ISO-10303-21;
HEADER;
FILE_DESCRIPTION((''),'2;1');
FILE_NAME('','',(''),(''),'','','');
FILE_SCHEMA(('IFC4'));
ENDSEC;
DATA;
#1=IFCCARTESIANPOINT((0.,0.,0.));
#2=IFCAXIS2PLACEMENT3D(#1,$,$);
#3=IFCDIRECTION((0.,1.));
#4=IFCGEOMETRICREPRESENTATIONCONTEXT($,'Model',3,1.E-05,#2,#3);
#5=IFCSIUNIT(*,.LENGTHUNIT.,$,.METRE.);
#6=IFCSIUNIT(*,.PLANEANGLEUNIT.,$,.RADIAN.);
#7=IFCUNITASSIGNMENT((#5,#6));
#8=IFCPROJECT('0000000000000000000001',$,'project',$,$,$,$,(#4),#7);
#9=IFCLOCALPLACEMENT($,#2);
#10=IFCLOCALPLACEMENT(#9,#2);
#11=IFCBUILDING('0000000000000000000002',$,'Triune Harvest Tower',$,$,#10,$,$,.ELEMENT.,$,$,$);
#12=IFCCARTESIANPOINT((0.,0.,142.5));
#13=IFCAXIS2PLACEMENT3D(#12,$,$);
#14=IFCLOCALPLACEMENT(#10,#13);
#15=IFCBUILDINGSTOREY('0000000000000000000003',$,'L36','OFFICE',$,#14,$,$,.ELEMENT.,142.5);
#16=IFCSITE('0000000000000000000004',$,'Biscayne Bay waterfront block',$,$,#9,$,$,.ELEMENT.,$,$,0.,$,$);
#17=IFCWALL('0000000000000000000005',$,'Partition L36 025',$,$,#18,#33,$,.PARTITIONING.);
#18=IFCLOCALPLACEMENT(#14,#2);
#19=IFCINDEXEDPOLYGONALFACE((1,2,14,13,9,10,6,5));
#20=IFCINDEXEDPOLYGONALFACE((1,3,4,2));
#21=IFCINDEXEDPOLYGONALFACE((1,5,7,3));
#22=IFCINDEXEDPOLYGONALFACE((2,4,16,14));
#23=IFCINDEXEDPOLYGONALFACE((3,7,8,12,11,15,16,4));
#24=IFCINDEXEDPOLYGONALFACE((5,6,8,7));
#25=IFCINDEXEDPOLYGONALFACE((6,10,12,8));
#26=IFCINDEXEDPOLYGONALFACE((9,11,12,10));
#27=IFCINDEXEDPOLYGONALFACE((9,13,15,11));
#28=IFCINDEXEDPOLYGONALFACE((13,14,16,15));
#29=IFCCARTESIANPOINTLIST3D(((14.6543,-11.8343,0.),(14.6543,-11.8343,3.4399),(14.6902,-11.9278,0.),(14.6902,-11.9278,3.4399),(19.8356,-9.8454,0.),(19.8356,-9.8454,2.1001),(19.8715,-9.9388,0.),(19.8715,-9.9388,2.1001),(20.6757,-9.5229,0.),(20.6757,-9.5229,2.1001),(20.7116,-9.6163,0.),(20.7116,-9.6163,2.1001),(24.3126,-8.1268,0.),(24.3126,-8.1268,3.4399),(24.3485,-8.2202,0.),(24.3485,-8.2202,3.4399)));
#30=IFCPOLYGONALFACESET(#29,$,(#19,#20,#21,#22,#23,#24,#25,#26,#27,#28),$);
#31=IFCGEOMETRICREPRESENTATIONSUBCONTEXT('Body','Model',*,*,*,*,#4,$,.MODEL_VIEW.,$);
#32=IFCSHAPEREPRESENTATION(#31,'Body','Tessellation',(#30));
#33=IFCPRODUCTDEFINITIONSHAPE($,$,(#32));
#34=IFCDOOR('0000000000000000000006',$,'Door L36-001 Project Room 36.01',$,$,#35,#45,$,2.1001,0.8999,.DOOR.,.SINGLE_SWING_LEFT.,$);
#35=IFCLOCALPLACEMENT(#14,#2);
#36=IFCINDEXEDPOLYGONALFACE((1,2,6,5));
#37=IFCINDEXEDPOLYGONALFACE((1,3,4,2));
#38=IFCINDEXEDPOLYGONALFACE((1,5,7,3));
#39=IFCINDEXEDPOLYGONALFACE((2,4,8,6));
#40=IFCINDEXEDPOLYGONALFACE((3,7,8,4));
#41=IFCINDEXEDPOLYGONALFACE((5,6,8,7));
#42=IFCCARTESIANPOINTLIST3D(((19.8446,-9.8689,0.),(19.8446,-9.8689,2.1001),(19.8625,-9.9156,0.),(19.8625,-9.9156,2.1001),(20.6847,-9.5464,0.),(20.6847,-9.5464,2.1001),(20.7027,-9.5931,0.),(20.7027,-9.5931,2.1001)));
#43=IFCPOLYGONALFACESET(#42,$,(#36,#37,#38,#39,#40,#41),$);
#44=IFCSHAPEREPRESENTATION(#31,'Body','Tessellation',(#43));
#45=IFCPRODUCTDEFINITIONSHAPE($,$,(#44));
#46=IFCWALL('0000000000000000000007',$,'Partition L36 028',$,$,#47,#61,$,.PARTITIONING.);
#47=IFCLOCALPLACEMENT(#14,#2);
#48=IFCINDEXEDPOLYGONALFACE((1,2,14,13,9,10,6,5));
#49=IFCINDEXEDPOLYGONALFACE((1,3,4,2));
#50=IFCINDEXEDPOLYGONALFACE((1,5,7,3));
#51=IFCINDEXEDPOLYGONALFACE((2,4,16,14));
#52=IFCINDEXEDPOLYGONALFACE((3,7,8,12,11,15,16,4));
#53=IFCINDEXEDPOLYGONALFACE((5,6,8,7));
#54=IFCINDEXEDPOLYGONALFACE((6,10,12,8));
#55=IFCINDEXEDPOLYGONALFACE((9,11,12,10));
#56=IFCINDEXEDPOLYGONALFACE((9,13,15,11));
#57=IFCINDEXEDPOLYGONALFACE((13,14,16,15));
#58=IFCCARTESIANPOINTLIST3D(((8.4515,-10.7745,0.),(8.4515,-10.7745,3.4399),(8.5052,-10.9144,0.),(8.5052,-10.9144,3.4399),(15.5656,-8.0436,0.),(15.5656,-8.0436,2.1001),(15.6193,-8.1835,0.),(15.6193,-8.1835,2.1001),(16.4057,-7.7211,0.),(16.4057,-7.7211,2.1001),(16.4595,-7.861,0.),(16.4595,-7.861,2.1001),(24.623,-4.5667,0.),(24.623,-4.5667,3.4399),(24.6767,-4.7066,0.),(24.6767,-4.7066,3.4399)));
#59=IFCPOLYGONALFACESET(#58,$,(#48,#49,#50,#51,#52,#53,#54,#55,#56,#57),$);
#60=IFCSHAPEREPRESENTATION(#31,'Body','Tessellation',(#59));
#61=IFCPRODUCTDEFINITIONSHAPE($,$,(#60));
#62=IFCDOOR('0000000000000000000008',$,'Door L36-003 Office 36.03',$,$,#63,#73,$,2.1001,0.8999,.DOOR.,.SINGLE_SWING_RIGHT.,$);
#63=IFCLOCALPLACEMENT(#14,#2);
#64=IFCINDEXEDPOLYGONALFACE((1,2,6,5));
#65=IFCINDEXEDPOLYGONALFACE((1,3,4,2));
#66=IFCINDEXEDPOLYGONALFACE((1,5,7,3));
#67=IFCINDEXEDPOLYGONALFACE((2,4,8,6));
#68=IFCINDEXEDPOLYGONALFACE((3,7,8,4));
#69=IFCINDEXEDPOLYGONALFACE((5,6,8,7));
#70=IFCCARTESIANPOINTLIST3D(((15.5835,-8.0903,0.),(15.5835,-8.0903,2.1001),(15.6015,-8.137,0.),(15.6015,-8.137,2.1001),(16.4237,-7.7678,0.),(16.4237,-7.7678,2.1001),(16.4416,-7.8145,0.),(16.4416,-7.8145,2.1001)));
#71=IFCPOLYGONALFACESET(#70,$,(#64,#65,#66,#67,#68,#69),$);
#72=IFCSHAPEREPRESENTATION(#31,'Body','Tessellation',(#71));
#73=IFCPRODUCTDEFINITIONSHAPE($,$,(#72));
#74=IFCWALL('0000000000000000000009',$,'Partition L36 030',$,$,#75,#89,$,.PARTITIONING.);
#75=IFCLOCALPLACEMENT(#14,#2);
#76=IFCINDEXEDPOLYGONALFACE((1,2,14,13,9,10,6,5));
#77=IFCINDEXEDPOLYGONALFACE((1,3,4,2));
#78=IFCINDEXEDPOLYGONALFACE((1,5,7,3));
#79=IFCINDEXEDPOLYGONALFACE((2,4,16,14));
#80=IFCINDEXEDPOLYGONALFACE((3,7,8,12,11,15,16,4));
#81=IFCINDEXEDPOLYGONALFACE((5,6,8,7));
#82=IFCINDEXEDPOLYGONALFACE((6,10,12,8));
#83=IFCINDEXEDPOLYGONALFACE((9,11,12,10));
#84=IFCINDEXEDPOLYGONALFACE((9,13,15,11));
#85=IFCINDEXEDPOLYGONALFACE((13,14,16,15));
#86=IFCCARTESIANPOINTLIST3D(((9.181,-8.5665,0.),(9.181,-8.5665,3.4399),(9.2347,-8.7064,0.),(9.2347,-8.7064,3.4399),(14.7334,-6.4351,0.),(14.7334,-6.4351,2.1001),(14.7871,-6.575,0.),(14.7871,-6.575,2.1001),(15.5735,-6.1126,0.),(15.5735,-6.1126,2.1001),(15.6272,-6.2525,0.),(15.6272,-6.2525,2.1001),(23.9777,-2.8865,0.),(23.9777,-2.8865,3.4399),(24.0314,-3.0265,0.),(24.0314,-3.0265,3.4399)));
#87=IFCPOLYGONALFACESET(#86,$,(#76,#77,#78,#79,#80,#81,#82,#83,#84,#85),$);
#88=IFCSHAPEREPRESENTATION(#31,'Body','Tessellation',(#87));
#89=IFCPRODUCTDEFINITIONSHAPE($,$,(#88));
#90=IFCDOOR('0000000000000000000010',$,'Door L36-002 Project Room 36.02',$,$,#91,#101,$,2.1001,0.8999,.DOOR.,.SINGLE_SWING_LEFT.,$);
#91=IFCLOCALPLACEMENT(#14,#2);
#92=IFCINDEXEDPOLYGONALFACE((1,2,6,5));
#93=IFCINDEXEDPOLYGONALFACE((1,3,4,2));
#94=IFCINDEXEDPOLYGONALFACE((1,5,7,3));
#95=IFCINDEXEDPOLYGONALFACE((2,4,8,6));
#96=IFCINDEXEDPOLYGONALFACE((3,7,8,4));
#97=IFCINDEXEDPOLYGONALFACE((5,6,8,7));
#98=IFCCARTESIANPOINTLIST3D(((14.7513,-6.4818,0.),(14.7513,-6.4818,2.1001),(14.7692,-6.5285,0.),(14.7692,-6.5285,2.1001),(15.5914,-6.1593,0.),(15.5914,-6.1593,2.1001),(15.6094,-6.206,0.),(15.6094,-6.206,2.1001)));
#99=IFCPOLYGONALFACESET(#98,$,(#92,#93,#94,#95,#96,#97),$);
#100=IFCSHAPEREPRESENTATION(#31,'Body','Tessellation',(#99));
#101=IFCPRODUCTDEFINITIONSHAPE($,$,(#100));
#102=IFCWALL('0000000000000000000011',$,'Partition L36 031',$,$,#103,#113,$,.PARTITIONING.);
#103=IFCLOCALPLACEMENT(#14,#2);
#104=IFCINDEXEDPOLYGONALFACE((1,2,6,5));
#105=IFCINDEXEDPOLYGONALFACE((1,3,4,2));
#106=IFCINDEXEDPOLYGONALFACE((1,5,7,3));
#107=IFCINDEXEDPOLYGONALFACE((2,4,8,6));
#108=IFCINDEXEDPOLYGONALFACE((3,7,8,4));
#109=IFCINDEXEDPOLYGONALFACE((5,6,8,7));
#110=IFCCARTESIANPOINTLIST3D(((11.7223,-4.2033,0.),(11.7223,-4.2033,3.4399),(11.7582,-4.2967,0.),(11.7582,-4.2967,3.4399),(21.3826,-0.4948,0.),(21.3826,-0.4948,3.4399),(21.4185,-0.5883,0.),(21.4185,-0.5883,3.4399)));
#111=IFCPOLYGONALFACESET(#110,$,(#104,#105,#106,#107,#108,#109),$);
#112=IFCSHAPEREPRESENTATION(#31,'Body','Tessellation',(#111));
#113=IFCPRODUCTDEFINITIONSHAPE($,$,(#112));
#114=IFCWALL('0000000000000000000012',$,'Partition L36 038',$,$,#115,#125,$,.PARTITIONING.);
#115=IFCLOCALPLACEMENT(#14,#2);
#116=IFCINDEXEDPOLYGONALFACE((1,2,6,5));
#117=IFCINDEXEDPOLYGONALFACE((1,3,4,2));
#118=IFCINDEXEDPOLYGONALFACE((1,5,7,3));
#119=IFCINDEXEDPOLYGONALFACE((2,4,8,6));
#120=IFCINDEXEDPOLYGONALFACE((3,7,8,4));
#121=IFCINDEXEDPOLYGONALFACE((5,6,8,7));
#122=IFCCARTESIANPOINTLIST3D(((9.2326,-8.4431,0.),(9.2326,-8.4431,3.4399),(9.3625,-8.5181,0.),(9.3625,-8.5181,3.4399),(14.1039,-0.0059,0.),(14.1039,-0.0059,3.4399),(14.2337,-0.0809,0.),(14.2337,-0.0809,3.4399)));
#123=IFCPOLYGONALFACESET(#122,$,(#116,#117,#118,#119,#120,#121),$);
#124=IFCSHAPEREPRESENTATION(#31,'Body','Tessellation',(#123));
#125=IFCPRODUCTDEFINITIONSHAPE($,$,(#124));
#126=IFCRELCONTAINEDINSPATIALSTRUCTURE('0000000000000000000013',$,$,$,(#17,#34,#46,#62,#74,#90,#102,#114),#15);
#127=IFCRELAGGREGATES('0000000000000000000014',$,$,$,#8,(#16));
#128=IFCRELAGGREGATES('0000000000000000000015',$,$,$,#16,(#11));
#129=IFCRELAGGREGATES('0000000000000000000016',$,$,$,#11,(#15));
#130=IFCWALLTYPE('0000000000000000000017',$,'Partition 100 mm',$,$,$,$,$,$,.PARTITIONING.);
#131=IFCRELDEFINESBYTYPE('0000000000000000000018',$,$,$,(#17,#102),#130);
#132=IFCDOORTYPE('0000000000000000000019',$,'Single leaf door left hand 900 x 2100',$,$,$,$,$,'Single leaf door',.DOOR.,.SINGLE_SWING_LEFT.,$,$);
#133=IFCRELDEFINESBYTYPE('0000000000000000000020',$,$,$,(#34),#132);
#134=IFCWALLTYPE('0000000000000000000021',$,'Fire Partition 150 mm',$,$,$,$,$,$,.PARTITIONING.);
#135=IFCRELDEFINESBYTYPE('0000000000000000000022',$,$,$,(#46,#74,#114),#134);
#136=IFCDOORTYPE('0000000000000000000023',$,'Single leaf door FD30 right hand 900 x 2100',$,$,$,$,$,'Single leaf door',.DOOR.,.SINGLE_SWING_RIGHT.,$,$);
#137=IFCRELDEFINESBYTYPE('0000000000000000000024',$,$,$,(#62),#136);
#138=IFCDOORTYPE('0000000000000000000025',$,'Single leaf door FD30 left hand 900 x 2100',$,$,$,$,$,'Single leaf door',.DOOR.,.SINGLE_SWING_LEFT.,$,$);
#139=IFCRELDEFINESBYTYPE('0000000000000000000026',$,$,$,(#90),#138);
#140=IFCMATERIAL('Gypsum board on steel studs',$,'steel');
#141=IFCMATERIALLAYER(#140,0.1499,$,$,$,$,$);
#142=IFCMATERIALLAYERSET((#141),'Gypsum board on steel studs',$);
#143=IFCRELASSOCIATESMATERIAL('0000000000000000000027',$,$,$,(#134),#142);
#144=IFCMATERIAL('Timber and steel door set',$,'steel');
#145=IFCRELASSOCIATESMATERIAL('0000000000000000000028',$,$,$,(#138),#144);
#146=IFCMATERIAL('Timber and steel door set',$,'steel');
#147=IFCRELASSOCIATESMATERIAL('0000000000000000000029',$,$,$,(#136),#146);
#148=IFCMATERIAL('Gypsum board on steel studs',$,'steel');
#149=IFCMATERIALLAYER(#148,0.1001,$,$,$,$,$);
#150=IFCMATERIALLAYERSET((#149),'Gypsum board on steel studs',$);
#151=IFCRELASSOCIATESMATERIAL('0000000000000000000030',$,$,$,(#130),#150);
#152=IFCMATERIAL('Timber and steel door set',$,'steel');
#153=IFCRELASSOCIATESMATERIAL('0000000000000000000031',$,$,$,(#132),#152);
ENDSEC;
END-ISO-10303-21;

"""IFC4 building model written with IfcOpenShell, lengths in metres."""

from ifc_helpers import new_model, si_unit, direction, frame, frame_2d, origin, place, context, subcontext, project, spatial, rectangle, extrude, source, transform, mapped, material, layer, layer_set, type_object, element, fill, save


model = new_model("IFC4")

# Units and contexts
model_context = context("Model", 3, precision=1e-05, world=origin(), true_north=direction((0.0, 1.0)))
body_context = subcontext(model_context, "Body", "Model", "MODEL_VIEW")
ifc_project = project(units=[si_unit("LENGTHUNIT", "METRE"), si_unit("PLANEANGLEUNIT", "RADIAN")], contexts=[model_context])

# Site, building, storey
site_placement = place(None, origin())
site = spatial("IfcSite", under=ifc_project, at=site_placement, Name="Biscayne Bay waterfront block", CompositionType="ELEMENT", RefElevation=0.0)
building_placement = place(site_placement, origin())
building = spatial("IfcBuilding", under=site, at=building_placement, Name="Triune Harvest Tower", CompositionType="ELEMENT")
storey_placement = place(building_placement, frame((0.0, 0.0, 142.5)))
storey = spatial("IfcBuildingStorey", under=building, at=storey_placement, Name="L36", Description="OFFICE", CompositionType="ELEMENT", Elevation=142.5)

# Shared definitions
ifc_material_1 = material(Name="Gypsum board on steel studs", Category="steel")
ifc_layer_1 = layer(ifc_material_1, 0.1499)
ifc_layer_set_1 = layer_set([ifc_layer_1], Name="Gypsum board on steel studs")
wall_type_1 = type_object("IfcWallType", Name="Fire Partition 150 mm", PredefinedType="PARTITIONING", material=ifc_layer_set_1)
ifc_material_2 = material(Name="Timber and steel door set", Category="steel")
door_type_1 = type_object("IfcDoorType", Name="Single leaf door FD30 left hand 900 x 2100", ElementType="Single leaf door", OperationType="SINGLE_SWING_LEFT", PredefinedType="DOOR", material=ifc_material_2)
ifc_material_3 = material(Name="Timber and steel door set", Category="steel")
door_type_2 = type_object("IfcDoorType", Name="Single leaf door FD30 right hand 900 x 2100", ElementType="Single leaf door", OperationType="SINGLE_SWING_RIGHT", PredefinedType="DOOR", material=ifc_material_3)

# Shared definitions
ifc_material_4 = material(Name="Gypsum board on steel studs", Category="steel")
ifc_layer_2 = layer(ifc_material_4, 0.1001)
ifc_layer_set_2 = layer_set([ifc_layer_2], Name="Gypsum board on steel studs")
wall_type_2 = type_object("IfcWallType", Name="Partition 100 mm", PredefinedType="PARTITIONING", material=ifc_layer_set_2)

# Walls, openings, doors
shared_shape_1 = source(origin(), body_context, "Body", "SweptSolid", [
    extrude(rectangle(XDim=10.3455, YDim=0.1001, at=frame_2d((5.1729, 0.0))), origin(), (0.0, 0.0, 1.0), 3.4399),
])
wall_1_placement = place(storey_placement, frame((14.6721, -11.8811, 0.0), z_axis=(0.0, 0.0, 1.0), x_axis=(0.933578, 0.358375, 0.0)))
wall_1 = element("IfcWall", 1, at=wall_1_placement, inside=storey, type_object=wall_type_2, Name="Partition L36 025", PredefinedType="PARTITIONING", context=body_context, shape_type="MappedRepresentation", body=[
    mapped(shared_shape_1, transform((0.0, 0.0, 0.0), scale=1.0)),
])
opening_1_placement = place(wall_1_placement, frame((5.55, 0.0, 0.0)))
opening_1 = element("IfcOpeningElement", 2, at=opening_1_placement, cuts=wall_1, PredefinedType="OPENING", context=body_context, shape_type="SweptSolid", body=[
    extrude(rectangle(XDim=0.8999, YDim=2.1001, at=frame_2d((0.45, 1.05))), frame((0.0, 0.0601, 0.0), z_axis=(0.0, -1.0, 0.0), x_axis=(1.0, 0.0, 0.0)), (0.0, 0.0, 1.0), 0.1201),
])
ifc_material_5 = material(Name="Timber and steel door set", Category="steel")
door_type_3 = type_object("IfcDoorType", Name="Single leaf door left hand 900 x 2100", ElementType="Single leaf door", OperationType="SINGLE_SWING_LEFT", PredefinedType="DOOR", material=ifc_material_5)
door_1_placement = place(opening_1_placement, origin())
door_1 = element("IfcDoor", 3, at=door_1_placement, inside=storey, type_object=door_type_3, Name="Door L36-001 Project Room 36.01", OperationType="SINGLE_SWING_LEFT", OverallHeight=2.1001, OverallWidth=0.8999, PredefinedType="DOOR", context=body_context, shape_type="SweptSolid", body=[
    extrude(rectangle(XDim=0.8999, YDim=2.1001, at=frame_2d((0.45, 1.05))), frame((0.0, 0.0249, 0.0), z_axis=(0.0, -1.0, 0.0), x_axis=(1.0, 0.0, 0.0)), (0.0, 0.0, 1.0), 0.05),
])
fill(opening_1, door_1)
shared_shape_2 = source(origin(), body_context, "Body", "SweptSolid", [
    extrude(rectangle(XDim=17.322, YDim=0.1499, at=frame_2d((8.6611, 0.0))), origin(), (0.0, 0.0, 1.0), 3.4399),
])
wall_2_placement = place(storey_placement, frame((8.4783, -10.8445, 0.0), z_axis=(0.0, 0.0, 1.0), x_axis=(0.933578, 0.358375, 0.0)))
wall_2 = element("IfcWall", 4, at=wall_2_placement, inside=storey, type_object=wall_type_1, Name="Partition L36 028", PredefinedType="PARTITIONING", context=body_context, shape_type="MappedRepresentation", body=[
    mapped(shared_shape_2, transform((0.0, 0.0, 0.0), scale=1.0)),
])
opening_2_placement = place(wall_2_placement, frame((7.6204, 0.0, 0.0)))
opening_2 = element("IfcOpeningElement", 5, at=opening_2_placement, cuts=wall_2, PredefinedType="OPENING", context=body_context, shape_type="SweptSolid", body=[
    extrude(rectangle(XDim=0.8999, YDim=2.1001, at=frame_2d((0.45, 1.05))), frame((0.0, 0.085, 0.0), z_axis=(0.0, -1.0, 0.0), x_axis=(1.0, 0.0, 0.0)), (0.0, 0.0, 1.0), 0.1699),
])
door_2_placement = place(opening_2_placement, origin())
door_2 = element("IfcDoor", 6, at=door_2_placement, inside=storey, type_object=door_type_2, Name="Door L36-003 Office 36.03", OperationType="SINGLE_SWING_RIGHT", OverallHeight=2.1001, OverallWidth=0.8999, PredefinedType="DOOR", context=body_context, shape_type="SweptSolid", body=[
    extrude(rectangle(XDim=0.8999, YDim=2.1001, at=frame_2d((0.45, 1.05))), frame((0.0, 0.0249, 0.0), z_axis=(0.0, -1.0, 0.0), x_axis=(1.0, 0.0, 0.0)), (0.0, 0.0, 1.0), 0.05),
])
fill(opening_2, door_2)
shared_shape_3 = source(origin(), body_context, "Body", "SweptSolid", [
    extrude(rectangle(XDim=15.8494, YDim=0.1499, at=frame_2d((7.9248, 0.0))), origin(), (0.0, 0.0, 1.0), 3.4399),
])
wall_3_placement = place(storey_placement, frame((9.2078, -8.6365, 0.0), z_axis=(0.0, 0.0, 1.0), x_axis=(0.93358, 0.35837, 0.0)))
wall_3 = element("IfcWall", 7, at=wall_3_placement, inside=storey, type_object=wall_type_1, Name="Partition L36 030", PredefinedType="PARTITIONING", context=body_context, shape_type="MappedRepresentation", body=[
    mapped(shared_shape_3, transform((0.0, 0.0, 0.0), scale=1.0)),
])
opening_3_placement = place(wall_3_placement, frame((5.9475, 0.0, 0.0)))
opening_3 = element("IfcOpeningElement", 8, at=opening_3_placement, cuts=wall_3, PredefinedType="OPENING", context=body_context, shape_type="SweptSolid", body=[
    extrude(rectangle(XDim=0.8999, YDim=2.1001, at=frame_2d((0.45, 1.05))), frame((0.0, 0.085, 0.0), z_axis=(0.0, -1.0, 0.0), x_axis=(1.0, 0.0, 0.0)), (0.0, 0.0, 1.0), 0.1699),
])
door_3_placement = place(opening_3_placement, origin())
door_3 = element("IfcDoor", 9, at=door_3_placement, inside=storey, type_object=door_type_1, Name="Door L36-002 Project Room 36.02", OperationType="SINGLE_SWING_LEFT", OverallHeight=2.1001, OverallWidth=0.8999, PredefinedType="DOOR", context=body_context, shape_type="SweptSolid", body=[
    extrude(rectangle(XDim=0.8999, YDim=2.1001, at=frame_2d((0.45, 1.05))), frame((0.0, 0.0249, 0.0), z_axis=(0.0, -1.0, 0.0), x_axis=(1.0, 0.0, 0.0)), (0.0, 0.0, 1.0), 0.05),
])
fill(opening_3, door_3)

# Walls
shared_shape_4 = source(origin(), body_context, "Body", "SweptSolid", [
    extrude(rectangle(XDim=10.3477, YDim=0.1001, at=frame_2d((5.1738, 0.0))), origin(), (0.0, 0.0, 1.0), 3.4399),
])
wall_4_placement = place(storey_placement, frame((11.7402, -4.25, 0.0), z_axis=(0.0, 0.0, 1.0), x_axis=(0.933573, 0.358386, 0.0)))
element("IfcWall", 10, at=wall_4_placement, inside=storey, type_object=wall_type_2, Name="Partition L36 031", PredefinedType="PARTITIONING", context=body_context, shape_type="MappedRepresentation", body=[
    mapped(shared_shape_4, transform((0.0, 0.0, 0.0), scale=1.0)),
])
shared_shape_5 = source(origin(), body_context, "Body", "SweptSolid", [
    extrude(rectangle(XDim=9.7424, YDim=0.1499, at=frame_2d((4.8711, 0.0))), origin(), (0.0, 0.0, 1.0), 3.4399),
])
wall_5_placement = place(storey_placement, frame((9.2976, -8.4805, 0.0), z_axis=(0.0, 0.0, 1.0), x_axis=(0.500007, 0.866022, 0.0)))
element("IfcWall", 11, at=wall_5_placement, inside=storey, type_object=wall_type_1, Name="Partition L36 038", PredefinedType="PARTITIONING", context=body_context, shape_type="MappedRepresentation", body=[
    mapped(shared_shape_5, transform((0.0, 0.0, 0.0), scale=1.0)),
])

save(model, "model.ifc")
